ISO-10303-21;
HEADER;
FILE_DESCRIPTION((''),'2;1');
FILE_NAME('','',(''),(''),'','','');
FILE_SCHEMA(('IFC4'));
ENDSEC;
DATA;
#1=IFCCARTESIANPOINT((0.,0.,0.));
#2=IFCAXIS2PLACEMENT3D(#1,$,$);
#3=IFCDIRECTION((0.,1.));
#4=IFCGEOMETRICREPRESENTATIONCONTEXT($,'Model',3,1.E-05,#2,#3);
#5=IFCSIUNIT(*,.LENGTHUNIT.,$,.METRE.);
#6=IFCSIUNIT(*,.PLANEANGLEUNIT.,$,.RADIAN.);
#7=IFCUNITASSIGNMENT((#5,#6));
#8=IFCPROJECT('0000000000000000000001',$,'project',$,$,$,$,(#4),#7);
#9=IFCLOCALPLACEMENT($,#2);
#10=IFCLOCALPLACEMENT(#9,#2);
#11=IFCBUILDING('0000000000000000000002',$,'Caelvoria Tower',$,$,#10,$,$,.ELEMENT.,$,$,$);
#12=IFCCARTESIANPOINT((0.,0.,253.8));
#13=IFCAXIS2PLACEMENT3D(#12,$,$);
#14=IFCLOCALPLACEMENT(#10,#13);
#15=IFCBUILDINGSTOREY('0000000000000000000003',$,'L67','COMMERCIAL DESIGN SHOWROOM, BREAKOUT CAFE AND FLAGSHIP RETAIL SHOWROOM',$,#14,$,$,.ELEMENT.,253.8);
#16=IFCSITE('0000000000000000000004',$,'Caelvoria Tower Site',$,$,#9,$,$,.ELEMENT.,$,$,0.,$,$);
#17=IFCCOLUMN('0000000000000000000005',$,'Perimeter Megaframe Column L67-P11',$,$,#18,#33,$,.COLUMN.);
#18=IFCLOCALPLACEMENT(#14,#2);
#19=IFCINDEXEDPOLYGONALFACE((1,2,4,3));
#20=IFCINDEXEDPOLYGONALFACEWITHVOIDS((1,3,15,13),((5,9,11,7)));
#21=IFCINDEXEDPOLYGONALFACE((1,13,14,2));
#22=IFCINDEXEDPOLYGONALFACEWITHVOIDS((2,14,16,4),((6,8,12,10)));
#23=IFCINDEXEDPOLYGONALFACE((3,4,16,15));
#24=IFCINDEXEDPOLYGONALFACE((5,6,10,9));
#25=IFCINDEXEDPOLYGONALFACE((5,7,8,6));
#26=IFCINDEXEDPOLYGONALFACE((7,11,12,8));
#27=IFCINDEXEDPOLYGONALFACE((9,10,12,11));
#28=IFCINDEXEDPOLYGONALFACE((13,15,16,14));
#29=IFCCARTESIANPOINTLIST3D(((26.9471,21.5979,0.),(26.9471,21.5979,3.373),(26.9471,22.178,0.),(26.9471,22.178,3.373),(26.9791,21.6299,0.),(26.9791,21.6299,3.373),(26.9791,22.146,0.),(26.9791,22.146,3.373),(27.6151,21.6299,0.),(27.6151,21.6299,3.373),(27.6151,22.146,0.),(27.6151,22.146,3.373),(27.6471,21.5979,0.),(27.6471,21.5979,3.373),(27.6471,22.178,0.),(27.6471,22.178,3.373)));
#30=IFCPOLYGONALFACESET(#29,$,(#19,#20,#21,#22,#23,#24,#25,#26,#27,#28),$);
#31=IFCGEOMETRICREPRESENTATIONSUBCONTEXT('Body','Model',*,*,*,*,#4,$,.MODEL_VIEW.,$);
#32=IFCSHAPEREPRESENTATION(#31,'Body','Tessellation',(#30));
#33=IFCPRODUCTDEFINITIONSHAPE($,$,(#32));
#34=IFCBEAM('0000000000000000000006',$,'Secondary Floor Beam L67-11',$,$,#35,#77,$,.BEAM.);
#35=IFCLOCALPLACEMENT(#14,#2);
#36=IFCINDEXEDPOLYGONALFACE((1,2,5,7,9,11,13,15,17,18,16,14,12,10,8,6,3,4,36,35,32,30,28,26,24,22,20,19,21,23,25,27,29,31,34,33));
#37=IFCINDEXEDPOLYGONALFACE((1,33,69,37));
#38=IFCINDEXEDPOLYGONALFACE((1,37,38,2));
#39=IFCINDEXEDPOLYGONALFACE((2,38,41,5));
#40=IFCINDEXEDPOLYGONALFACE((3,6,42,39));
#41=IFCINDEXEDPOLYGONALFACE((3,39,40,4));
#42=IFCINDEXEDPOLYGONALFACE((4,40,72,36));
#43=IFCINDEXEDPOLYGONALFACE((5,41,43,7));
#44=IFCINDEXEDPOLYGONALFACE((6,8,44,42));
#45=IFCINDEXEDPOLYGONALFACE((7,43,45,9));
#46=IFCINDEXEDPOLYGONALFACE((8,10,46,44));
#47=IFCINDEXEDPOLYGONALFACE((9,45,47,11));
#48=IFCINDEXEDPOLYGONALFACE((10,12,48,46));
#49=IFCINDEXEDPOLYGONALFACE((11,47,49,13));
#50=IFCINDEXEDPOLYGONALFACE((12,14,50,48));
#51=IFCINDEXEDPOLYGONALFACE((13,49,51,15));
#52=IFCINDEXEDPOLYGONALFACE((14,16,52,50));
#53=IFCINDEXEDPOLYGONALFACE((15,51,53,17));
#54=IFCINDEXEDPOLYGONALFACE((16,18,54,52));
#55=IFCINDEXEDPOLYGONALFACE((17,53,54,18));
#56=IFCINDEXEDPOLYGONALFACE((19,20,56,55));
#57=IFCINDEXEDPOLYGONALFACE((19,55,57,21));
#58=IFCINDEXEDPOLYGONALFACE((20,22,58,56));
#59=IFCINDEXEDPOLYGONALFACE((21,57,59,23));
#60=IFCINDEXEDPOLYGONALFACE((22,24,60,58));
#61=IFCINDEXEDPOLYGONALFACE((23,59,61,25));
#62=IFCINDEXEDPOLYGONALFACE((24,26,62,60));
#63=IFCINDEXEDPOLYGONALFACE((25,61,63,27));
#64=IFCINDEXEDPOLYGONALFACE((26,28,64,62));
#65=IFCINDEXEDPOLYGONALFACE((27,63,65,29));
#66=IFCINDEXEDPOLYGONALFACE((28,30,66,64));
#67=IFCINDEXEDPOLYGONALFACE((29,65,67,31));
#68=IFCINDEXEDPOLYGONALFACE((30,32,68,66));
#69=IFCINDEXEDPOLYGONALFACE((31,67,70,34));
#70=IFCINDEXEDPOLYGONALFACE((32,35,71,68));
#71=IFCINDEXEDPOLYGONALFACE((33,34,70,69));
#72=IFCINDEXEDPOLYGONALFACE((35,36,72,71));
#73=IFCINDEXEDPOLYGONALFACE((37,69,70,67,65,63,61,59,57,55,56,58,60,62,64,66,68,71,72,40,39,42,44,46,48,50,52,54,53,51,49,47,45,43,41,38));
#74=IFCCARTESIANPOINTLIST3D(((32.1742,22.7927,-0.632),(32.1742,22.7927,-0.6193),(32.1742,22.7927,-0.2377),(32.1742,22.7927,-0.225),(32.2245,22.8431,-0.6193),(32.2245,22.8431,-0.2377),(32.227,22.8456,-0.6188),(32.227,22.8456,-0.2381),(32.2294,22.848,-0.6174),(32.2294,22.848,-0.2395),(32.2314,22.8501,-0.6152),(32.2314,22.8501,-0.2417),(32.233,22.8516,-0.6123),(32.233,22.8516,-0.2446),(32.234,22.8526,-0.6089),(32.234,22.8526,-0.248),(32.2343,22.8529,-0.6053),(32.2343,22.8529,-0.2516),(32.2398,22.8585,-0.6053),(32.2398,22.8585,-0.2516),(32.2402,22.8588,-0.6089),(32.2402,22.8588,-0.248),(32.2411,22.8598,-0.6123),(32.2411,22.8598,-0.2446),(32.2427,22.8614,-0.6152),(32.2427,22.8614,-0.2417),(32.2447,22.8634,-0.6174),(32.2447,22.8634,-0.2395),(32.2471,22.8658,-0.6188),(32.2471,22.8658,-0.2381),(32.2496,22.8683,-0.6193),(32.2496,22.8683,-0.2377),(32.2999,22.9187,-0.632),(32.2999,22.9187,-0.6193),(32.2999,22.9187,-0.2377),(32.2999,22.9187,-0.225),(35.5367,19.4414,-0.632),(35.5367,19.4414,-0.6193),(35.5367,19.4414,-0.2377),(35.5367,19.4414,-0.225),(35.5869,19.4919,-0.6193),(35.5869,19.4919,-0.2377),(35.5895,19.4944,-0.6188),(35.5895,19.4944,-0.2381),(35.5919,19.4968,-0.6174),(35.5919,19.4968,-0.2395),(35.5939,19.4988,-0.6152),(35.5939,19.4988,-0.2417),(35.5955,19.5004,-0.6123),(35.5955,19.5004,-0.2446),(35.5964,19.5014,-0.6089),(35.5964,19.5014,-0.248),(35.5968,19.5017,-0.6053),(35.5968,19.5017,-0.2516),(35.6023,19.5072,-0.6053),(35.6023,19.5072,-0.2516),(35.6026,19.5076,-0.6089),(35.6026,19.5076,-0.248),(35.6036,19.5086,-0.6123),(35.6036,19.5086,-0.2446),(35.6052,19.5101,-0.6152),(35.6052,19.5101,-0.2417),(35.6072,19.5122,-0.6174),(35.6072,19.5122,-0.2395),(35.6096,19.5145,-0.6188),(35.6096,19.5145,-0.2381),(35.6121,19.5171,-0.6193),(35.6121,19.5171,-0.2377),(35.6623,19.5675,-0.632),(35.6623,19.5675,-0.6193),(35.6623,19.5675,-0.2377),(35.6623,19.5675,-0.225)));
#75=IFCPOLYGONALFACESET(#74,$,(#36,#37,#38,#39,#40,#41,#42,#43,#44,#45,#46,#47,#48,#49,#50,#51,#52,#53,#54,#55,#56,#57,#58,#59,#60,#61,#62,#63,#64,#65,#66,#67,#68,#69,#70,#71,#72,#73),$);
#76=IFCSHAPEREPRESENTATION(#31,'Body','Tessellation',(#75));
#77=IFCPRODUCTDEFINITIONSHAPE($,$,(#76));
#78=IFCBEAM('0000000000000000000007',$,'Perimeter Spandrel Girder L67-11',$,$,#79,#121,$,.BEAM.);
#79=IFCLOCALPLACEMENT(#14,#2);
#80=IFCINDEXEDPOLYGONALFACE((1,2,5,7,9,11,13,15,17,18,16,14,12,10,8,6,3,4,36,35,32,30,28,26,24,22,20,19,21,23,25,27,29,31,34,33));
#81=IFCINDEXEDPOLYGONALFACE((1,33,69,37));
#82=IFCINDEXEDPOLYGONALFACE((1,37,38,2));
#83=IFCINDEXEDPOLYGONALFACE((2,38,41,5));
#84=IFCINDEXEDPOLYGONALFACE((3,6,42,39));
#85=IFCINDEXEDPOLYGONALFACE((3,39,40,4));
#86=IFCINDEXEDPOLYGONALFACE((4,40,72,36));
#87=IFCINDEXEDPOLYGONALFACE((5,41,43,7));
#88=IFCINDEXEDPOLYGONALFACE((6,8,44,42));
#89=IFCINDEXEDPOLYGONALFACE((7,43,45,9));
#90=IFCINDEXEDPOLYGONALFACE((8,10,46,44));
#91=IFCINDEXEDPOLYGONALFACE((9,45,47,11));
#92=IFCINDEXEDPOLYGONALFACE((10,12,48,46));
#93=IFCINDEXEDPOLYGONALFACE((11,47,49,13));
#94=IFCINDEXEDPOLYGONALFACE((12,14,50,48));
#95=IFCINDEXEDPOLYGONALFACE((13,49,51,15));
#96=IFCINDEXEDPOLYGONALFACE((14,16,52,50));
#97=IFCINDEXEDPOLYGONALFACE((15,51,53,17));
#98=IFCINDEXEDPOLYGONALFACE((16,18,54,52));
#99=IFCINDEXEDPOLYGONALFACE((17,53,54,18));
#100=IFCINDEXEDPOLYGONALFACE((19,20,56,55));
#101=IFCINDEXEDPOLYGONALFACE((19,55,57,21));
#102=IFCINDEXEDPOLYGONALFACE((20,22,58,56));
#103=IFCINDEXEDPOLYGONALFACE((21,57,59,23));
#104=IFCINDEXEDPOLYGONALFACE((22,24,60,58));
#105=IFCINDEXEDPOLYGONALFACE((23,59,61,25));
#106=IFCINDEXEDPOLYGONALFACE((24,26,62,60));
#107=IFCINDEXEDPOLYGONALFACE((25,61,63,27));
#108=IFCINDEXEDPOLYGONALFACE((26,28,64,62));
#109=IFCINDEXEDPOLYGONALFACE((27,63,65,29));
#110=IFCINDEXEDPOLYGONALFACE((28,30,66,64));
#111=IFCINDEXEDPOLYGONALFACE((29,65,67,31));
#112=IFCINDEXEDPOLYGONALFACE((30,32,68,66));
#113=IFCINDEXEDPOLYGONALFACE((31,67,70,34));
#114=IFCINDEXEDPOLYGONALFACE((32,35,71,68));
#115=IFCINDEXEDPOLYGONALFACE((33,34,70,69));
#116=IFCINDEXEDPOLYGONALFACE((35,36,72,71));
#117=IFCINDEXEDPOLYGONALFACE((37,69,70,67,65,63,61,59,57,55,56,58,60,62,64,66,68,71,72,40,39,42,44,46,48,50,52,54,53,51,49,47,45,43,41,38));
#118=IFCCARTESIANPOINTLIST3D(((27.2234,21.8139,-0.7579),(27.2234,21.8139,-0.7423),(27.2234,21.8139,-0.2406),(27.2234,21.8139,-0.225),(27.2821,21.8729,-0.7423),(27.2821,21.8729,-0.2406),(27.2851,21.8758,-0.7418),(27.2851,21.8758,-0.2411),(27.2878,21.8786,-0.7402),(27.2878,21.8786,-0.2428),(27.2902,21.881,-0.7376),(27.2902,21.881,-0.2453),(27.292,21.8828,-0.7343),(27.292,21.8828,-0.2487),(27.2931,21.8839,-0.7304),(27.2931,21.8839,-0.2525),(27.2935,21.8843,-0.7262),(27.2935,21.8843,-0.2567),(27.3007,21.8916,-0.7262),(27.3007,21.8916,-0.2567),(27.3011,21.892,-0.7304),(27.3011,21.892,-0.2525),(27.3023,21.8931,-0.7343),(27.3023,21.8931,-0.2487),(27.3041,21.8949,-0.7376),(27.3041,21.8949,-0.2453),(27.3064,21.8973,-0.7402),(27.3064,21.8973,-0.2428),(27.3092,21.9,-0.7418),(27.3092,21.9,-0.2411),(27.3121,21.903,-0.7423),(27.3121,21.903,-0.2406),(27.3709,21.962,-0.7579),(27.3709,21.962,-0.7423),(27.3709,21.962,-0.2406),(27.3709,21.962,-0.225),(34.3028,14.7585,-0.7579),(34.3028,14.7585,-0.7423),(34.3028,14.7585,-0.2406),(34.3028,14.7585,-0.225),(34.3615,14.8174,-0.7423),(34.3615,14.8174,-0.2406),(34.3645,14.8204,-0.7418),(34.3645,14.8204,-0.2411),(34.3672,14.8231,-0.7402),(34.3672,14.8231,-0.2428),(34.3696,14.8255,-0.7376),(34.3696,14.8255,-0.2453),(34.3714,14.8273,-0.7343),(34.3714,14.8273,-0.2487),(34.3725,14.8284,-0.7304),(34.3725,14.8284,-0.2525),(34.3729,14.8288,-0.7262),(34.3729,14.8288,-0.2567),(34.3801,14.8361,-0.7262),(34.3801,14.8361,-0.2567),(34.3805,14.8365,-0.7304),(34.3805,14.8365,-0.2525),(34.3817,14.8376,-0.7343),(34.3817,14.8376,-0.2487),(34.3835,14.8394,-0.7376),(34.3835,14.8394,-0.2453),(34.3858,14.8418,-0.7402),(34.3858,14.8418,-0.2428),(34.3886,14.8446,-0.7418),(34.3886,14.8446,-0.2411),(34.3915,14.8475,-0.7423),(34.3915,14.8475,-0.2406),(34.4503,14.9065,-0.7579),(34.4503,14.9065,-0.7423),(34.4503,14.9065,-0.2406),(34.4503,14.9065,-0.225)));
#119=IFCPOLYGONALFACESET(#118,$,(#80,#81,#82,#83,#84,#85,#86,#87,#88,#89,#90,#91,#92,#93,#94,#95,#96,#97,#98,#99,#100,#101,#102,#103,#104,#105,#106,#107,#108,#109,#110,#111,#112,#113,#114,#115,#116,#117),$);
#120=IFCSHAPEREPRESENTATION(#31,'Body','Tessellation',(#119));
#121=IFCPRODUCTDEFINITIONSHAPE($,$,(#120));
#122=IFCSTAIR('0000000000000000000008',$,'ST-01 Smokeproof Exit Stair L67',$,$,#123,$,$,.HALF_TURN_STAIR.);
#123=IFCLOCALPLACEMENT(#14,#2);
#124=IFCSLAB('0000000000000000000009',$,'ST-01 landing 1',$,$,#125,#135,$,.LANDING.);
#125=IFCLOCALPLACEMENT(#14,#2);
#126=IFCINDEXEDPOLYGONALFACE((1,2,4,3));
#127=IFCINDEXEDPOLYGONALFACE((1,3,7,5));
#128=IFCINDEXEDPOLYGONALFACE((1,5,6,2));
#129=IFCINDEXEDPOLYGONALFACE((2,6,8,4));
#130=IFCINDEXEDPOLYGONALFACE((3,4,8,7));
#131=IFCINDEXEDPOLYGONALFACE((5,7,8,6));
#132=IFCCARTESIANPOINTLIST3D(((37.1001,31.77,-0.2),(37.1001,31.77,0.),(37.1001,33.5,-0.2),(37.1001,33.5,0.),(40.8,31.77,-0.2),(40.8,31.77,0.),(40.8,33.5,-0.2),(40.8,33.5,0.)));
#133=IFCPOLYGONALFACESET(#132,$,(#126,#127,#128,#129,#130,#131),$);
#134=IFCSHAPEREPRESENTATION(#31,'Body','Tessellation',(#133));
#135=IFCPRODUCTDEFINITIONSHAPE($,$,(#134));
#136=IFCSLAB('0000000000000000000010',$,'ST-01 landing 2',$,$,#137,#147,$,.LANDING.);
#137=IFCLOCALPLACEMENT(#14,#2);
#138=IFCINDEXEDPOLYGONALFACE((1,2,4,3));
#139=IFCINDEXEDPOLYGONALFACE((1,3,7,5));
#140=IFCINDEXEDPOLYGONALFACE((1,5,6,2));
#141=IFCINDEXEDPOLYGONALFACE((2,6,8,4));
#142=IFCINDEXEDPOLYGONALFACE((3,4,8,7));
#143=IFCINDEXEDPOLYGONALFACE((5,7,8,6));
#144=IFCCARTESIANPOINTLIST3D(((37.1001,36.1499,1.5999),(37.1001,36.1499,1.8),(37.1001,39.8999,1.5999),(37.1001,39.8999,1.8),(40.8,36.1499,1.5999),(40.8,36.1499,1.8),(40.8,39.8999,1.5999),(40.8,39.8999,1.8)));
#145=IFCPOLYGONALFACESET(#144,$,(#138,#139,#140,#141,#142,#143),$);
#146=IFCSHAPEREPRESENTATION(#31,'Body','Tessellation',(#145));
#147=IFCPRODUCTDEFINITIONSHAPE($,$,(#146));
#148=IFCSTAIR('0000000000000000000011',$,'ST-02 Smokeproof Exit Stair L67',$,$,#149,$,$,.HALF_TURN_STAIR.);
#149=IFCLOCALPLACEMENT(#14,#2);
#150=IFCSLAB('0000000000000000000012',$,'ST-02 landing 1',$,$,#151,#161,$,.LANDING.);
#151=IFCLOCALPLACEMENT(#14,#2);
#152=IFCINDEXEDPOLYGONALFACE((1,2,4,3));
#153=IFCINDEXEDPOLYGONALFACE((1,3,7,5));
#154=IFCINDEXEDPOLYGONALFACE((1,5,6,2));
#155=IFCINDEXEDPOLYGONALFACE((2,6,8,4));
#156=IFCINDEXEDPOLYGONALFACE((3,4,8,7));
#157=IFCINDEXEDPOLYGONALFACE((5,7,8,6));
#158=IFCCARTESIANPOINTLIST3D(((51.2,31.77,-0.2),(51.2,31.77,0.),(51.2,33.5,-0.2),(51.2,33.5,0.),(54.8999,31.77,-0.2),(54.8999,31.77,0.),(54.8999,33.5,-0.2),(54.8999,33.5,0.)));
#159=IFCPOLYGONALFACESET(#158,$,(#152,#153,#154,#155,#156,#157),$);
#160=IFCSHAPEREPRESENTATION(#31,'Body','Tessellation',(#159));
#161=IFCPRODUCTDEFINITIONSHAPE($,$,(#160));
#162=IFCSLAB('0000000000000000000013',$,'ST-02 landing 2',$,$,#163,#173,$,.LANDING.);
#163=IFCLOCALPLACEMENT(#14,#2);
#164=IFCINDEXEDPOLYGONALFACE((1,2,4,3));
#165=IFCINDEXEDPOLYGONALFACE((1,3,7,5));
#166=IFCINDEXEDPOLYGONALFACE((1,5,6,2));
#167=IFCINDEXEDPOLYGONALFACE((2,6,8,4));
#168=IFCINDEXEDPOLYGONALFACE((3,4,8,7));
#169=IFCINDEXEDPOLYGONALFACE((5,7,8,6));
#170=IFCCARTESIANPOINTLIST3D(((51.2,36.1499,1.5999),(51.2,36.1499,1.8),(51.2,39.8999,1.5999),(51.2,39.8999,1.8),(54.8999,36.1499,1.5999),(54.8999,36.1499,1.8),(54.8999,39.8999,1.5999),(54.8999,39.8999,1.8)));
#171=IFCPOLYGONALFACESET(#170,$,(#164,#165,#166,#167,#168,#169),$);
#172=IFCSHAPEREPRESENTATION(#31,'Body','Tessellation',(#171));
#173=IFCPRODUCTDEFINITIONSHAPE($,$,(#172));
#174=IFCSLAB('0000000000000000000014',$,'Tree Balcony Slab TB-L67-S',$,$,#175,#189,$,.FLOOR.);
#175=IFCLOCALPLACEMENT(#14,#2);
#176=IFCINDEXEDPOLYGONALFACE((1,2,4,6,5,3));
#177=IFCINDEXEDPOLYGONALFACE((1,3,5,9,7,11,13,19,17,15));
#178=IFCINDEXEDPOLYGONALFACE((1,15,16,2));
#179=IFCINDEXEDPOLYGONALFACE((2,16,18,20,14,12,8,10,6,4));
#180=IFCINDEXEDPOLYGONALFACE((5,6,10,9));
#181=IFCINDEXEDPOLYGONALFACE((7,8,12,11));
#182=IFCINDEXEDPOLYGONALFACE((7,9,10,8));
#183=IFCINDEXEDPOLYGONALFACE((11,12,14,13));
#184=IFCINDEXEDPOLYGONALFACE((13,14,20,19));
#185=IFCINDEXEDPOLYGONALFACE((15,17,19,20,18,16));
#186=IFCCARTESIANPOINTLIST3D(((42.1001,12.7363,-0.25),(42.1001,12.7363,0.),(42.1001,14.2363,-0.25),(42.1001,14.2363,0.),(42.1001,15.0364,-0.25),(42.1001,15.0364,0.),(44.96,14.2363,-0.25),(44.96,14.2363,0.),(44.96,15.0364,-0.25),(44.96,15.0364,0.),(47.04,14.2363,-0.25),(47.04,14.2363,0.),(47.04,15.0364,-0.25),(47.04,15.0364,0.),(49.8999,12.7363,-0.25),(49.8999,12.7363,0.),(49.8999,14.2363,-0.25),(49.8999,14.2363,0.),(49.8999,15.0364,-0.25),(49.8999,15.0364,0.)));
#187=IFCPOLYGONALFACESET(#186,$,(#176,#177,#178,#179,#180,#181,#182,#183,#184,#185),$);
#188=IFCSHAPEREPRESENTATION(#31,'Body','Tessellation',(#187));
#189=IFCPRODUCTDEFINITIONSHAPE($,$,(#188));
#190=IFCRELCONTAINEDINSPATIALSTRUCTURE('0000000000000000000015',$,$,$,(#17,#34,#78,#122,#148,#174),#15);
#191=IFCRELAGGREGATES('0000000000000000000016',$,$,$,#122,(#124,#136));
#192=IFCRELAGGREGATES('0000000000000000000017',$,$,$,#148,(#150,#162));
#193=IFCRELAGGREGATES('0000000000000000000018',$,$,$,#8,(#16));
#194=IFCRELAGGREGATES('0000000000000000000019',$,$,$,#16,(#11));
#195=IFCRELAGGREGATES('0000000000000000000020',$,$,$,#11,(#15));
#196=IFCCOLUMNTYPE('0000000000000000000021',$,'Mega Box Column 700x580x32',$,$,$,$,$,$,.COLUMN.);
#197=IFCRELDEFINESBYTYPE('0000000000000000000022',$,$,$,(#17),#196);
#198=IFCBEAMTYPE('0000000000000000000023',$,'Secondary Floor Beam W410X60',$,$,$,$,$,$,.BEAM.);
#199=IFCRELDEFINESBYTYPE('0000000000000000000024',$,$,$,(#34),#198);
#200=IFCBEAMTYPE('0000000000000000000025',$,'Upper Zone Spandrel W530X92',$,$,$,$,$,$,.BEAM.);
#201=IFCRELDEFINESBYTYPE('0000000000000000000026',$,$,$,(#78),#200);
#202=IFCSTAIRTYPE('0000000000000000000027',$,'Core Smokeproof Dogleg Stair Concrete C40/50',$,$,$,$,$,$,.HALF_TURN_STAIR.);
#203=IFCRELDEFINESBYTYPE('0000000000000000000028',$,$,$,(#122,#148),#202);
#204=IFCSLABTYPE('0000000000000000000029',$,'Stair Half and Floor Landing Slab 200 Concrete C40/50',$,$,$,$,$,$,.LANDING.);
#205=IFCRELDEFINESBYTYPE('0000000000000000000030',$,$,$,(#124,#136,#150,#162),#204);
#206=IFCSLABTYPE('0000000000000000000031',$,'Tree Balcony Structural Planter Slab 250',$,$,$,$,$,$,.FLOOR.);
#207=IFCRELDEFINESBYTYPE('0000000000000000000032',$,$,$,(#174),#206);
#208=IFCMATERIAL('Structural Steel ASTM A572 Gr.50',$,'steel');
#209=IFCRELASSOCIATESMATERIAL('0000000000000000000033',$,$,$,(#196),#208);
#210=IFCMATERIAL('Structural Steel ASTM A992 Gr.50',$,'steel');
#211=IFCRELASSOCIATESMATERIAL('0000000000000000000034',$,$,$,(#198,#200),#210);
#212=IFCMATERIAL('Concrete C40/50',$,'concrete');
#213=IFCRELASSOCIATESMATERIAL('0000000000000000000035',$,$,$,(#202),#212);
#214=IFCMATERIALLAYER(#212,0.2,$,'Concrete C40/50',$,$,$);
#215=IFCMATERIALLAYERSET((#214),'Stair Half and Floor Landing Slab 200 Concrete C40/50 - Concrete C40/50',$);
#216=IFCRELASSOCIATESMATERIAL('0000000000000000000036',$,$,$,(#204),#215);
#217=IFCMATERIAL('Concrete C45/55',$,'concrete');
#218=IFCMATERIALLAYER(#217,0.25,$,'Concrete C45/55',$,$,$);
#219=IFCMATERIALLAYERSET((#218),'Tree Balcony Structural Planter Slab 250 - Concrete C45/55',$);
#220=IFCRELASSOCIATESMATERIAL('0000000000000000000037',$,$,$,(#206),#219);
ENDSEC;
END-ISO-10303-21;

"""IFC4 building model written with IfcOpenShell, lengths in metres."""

from ifc_helpers import new_model, si_unit, direction, frame, origin, origin_2d, place, context, subcontext, project, spatial, polyline, hollow_rectangle, i_section, outline, extrude, material, layer, layer_set, material_profile, profile_set, type_object, element, aggregate, save


model = new_model("IFC4")

# Units and contexts
model_context = context("Model", 3, precision=1e-05, world=origin(), true_north=direction((0.0, 1.0)))
body_context = subcontext(model_context, "Body", "Model", "MODEL_VIEW")
ifc_project = project(units=[si_unit("LENGTHUNIT", "METRE"), si_unit("PLANEANGLEUNIT", "RADIAN")], contexts=[model_context])

# Site, building, storey
site_placement = place(None, origin())
site = spatial("IfcSite", under=ifc_project, at=site_placement, Name="Caelvoria Tower Site", CompositionType="ELEMENT", RefElevation=0.0)
building_placement = place(site_placement, origin())
building = spatial("IfcBuilding", under=site, at=building_placement, Name="Caelvoria Tower", CompositionType="ELEMENT")
storey_placement = place(building_placement, frame((0.0, 0.0, 253.8)))
storey = spatial("IfcBuildingStorey", under=building, at=storey_placement, Name="L67", Description="COMMERCIAL DESIGN SHOWROOM, BREAKOUT CAFE AND FLAGSHIP RETAIL SHOWROOM", CompositionType="ELEMENT", Elevation=253.8)

# Column
ifc_material_1 = material(Name="Structural Steel ASTM A572 Gr.50", Category="steel")
ifc_material_profile_1 = material_profile(ifc_material_1, hollow_rectangle(XDim=0.5801, YDim=0.7, WallThickness=0.032, at=origin_2d()), Name="Structural Steel ASTM A572 Gr.50")
ifc_profile_set_1 = profile_set([ifc_material_profile_1], Name="BOX700X580X32 - Structural Steel ASTM A572 Gr.50")
column_type = type_object("IfcColumnType", Name="Mega Box Column 700x580x32", PredefinedType="COLUMN", material=ifc_profile_set_1)
column_placement = place(storey_placement, frame((27.2971, 21.8879, 0.0), z_axis=(0.0, 0.0, 1.0), x_axis=(0.0, 1.0, 0.0)))
element("IfcColumn", 1, at=column_placement, inside=storey, type_object=column_type, Name="Perimeter Megaframe Column L67-P11", PredefinedType="COLUMN", context=body_context, shape_type="SweptSolid", body=[
    extrude(hollow_rectangle(XDim=0.5801, YDim=0.7, WallThickness=0.032, at=origin_2d()), origin(), (0.0, 0.0, 1.0), 3.373),
])

# Beams
ifc_material_2 = material(Name="Structural Steel ASTM A992 Gr.50", Category="steel")
ifc_material_profile_2 = material_profile(ifc_material_2, i_section(OverallWidth=0.178, OverallDepth=0.407, WebThickness=0.0078, FlangeThickness=0.0127, FilletRadius=0.0139, at=origin_2d()), Name="Structural Steel ASTM A992 Gr.50")
ifc_profile_set_2 = profile_set([ifc_material_profile_2], Name="W410X60 - Structural Steel ASTM A992 Gr.50")
beam_type_1 = type_object("IfcBeamType", Name="Secondary Floor Beam W410X60", PredefinedType="BEAM", material=ifc_profile_set_2)
beam_1_placement = place(storey_placement, frame((32.2371, 22.8557, -0.4285), z_axis=(0.708289, -0.705923, 0.0), x_axis=(0.705923, 0.708289, 0.0)))
element("IfcBeam", 2, at=beam_1_placement, inside=storey, type_object=beam_type_1, Name="Secondary Floor Beam L67-11", PredefinedType="BEAM", context=body_context, shape_type="SweptSolid", body=[
    extrude(i_section(OverallWidth=0.178, OverallDepth=0.407, WebThickness=0.0078, FlangeThickness=0.0127, FilletRadius=0.0139, at=origin_2d()), origin(), (0.0, 0.0, 1.0), 4.7473),
])
ifc_material_profile_3 = material_profile(ifc_material_2, i_section(OverallWidth=0.209, OverallDepth=0.533, WebThickness=0.0103, FlangeThickness=0.0156, FilletRadius=0.0161, at=origin_2d()), Name="Structural Steel ASTM A992 Gr.50")
ifc_profile_set_3 = profile_set([ifc_material_profile_3], Name="W530X92 - Structural Steel ASTM A992 Gr.50")
beam_type_2 = type_object("IfcBeamType", Name="Upper Zone Spandrel W530X92", PredefinedType="BEAM", material=ifc_profile_set_3)
beam_2_placement = place(storey_placement, frame((27.2971, 21.8879, -0.4915), z_axis=(0.708303, -0.705909, 0.0), x_axis=(0.705909, 0.708303, 0.0)))
element("IfcBeam", 3, at=beam_2_placement, inside=storey, type_object=beam_type_2, Name="Perimeter Spandrel Girder L67-11", PredefinedType="BEAM", context=body_context, shape_type="SweptSolid", body=[
    extrude(i_section(OverallWidth=0.209, OverallDepth=0.533, WebThickness=0.0103, FlangeThickness=0.0156, FilletRadius=0.0161, at=origin_2d()), origin(), (0.0, 0.0, 1.0), 9.9949),
])

# Stairs, slabs
ifc_material_3 = material(Name="Concrete C40/50", Category="concrete")
stair_type = type_object("IfcStairType", Name="Core Smokeproof Dogleg Stair Concrete C40/50", PredefinedType="HALF_TURN_STAIR", material=ifc_material_3)
stair_1_placement = place(storey_placement, origin())
stair_1 = element("IfcStair", 4, at=stair_1_placement, inside=storey, type_object=stair_type, Name="ST-01 Smokeproof Exit Stair L67", PredefinedType="HALF_TURN_STAIR")
ifc_layer_1 = layer(ifc_material_3, 0.2, Name="Concrete C40/50")
ifc_layer_set_1 = layer_set([ifc_layer_1], Name="Stair Half and Floor Landing Slab 200 Concrete C40/50 - Concrete C40/50")
slab_type_1 = type_object("IfcSlabType", Name="Stair Half and Floor Landing Slab 200 Concrete C40/50", PredefinedType="LANDING", material=ifc_layer_set_1)
slab_1_placement = place(storey_placement, frame((0.0, 0.0, -0.2)))
slab_1 = element("IfcSlab", 5, at=slab_1_placement, type_object=slab_type_1, Name="ST-01 landing 1", PredefinedType="LANDING", context=body_context, shape_type="SweptSolid", body=[
    extrude(outline(polyline([(37.1001, 31.77), (40.8, 31.77), (40.8, 33.5), (37.1001, 33.5), (37.1001, 31.77)])), origin(), (0.0, 0.0, 1.0), 0.2),
])
slab_2_placement = place(storey_placement, frame((0.0, 0.0, 1.5999)))
slab_2 = element("IfcSlab", 6, at=slab_2_placement, type_object=slab_type_1, Name="ST-01 landing 2", PredefinedType="LANDING", context=body_context, shape_type="SweptSolid", body=[
    extrude(outline(polyline([(37.1001, 36.1499), (40.8, 36.1499), (40.8, 39.8999), (37.1001, 39.8999), (37.1001, 36.1499)])), origin(), (0.0, 0.0, 1.0), 0.2002),
])
aggregate(stair_1, [slab_1, slab_2])
stair_2_placement = place(storey_placement, origin())
stair_2 = element("IfcStair", 7, at=stair_2_placement, inside=storey, type_object=stair_type, Name="ST-02 Smokeproof Exit Stair L67", PredefinedType="HALF_TURN_STAIR")
slab_3_placement = place(storey_placement, frame((0.0, 0.0, -0.2)))
slab_3 = element("IfcSlab", 8, at=slab_3_placement, type_object=slab_type_1, Name="ST-02 landing 1", PredefinedType="LANDING", context=body_context, shape_type="SweptSolid", body=[
    extrude(outline(polyline([(51.2, 31.77), (54.8999, 31.77), (54.8999, 33.5), (51.2, 33.5), (51.2, 31.77)])), origin(), (0.0, 0.0, 1.0), 0.2),
])
slab_4_placement = place(storey_placement, frame((0.0, 0.0, 1.5999)))
slab_4 = element("IfcSlab", 9, at=slab_4_placement, type_object=slab_type_1, Name="ST-02 landing 2", PredefinedType="LANDING", context=body_context, shape_type="SweptSolid", body=[
    extrude(outline(polyline([(51.2, 36.1499), (54.8999, 36.1499), (54.8999, 39.8999), (51.2, 39.8999), (51.2, 36.1499)])), origin(), (0.0, 0.0, 1.0), 0.2002),
])
aggregate(stair_2, [slab_3, slab_4])

# Slab
ifc_material_4 = material(Name="Concrete C45/55", Category="concrete")
ifc_layer_2 = layer(ifc_material_4, 0.25, Name="Concrete C45/55")
ifc_layer_set_2 = layer_set([ifc_layer_2], Name="Tree Balcony Structural Planter Slab 250 - Concrete C45/55")
slab_type_2 = type_object("IfcSlabType", Name="Tree Balcony Structural Planter Slab 250", PredefinedType="FLOOR", material=ifc_layer_set_2)
slab_5_placement = place(storey_placement, frame((0.0, 0.0, -0.25)))
element("IfcSlab", 10, at=slab_5_placement, inside=storey, type_object=slab_type_2, Name="Tree Balcony Slab TB-L67-S", PredefinedType="FLOOR", context=body_context, shape_type="SweptSolid", body=[
    extrude(outline(polyline([(49.8999, 14.2363), (49.8999, 15.0364), (47.04, 15.0364), (47.04, 14.2363), (44.96, 14.2363), (44.96, 15.0364), (42.1001, 15.0364), (42.1001, 14.2363), (42.1001, 12.7363), (49.8999, 12.7363), (49.8999, 14.2363)])), origin(), (0.0, 0.0, 1.0), 0.25),
])

save(model, "model.ifc")
